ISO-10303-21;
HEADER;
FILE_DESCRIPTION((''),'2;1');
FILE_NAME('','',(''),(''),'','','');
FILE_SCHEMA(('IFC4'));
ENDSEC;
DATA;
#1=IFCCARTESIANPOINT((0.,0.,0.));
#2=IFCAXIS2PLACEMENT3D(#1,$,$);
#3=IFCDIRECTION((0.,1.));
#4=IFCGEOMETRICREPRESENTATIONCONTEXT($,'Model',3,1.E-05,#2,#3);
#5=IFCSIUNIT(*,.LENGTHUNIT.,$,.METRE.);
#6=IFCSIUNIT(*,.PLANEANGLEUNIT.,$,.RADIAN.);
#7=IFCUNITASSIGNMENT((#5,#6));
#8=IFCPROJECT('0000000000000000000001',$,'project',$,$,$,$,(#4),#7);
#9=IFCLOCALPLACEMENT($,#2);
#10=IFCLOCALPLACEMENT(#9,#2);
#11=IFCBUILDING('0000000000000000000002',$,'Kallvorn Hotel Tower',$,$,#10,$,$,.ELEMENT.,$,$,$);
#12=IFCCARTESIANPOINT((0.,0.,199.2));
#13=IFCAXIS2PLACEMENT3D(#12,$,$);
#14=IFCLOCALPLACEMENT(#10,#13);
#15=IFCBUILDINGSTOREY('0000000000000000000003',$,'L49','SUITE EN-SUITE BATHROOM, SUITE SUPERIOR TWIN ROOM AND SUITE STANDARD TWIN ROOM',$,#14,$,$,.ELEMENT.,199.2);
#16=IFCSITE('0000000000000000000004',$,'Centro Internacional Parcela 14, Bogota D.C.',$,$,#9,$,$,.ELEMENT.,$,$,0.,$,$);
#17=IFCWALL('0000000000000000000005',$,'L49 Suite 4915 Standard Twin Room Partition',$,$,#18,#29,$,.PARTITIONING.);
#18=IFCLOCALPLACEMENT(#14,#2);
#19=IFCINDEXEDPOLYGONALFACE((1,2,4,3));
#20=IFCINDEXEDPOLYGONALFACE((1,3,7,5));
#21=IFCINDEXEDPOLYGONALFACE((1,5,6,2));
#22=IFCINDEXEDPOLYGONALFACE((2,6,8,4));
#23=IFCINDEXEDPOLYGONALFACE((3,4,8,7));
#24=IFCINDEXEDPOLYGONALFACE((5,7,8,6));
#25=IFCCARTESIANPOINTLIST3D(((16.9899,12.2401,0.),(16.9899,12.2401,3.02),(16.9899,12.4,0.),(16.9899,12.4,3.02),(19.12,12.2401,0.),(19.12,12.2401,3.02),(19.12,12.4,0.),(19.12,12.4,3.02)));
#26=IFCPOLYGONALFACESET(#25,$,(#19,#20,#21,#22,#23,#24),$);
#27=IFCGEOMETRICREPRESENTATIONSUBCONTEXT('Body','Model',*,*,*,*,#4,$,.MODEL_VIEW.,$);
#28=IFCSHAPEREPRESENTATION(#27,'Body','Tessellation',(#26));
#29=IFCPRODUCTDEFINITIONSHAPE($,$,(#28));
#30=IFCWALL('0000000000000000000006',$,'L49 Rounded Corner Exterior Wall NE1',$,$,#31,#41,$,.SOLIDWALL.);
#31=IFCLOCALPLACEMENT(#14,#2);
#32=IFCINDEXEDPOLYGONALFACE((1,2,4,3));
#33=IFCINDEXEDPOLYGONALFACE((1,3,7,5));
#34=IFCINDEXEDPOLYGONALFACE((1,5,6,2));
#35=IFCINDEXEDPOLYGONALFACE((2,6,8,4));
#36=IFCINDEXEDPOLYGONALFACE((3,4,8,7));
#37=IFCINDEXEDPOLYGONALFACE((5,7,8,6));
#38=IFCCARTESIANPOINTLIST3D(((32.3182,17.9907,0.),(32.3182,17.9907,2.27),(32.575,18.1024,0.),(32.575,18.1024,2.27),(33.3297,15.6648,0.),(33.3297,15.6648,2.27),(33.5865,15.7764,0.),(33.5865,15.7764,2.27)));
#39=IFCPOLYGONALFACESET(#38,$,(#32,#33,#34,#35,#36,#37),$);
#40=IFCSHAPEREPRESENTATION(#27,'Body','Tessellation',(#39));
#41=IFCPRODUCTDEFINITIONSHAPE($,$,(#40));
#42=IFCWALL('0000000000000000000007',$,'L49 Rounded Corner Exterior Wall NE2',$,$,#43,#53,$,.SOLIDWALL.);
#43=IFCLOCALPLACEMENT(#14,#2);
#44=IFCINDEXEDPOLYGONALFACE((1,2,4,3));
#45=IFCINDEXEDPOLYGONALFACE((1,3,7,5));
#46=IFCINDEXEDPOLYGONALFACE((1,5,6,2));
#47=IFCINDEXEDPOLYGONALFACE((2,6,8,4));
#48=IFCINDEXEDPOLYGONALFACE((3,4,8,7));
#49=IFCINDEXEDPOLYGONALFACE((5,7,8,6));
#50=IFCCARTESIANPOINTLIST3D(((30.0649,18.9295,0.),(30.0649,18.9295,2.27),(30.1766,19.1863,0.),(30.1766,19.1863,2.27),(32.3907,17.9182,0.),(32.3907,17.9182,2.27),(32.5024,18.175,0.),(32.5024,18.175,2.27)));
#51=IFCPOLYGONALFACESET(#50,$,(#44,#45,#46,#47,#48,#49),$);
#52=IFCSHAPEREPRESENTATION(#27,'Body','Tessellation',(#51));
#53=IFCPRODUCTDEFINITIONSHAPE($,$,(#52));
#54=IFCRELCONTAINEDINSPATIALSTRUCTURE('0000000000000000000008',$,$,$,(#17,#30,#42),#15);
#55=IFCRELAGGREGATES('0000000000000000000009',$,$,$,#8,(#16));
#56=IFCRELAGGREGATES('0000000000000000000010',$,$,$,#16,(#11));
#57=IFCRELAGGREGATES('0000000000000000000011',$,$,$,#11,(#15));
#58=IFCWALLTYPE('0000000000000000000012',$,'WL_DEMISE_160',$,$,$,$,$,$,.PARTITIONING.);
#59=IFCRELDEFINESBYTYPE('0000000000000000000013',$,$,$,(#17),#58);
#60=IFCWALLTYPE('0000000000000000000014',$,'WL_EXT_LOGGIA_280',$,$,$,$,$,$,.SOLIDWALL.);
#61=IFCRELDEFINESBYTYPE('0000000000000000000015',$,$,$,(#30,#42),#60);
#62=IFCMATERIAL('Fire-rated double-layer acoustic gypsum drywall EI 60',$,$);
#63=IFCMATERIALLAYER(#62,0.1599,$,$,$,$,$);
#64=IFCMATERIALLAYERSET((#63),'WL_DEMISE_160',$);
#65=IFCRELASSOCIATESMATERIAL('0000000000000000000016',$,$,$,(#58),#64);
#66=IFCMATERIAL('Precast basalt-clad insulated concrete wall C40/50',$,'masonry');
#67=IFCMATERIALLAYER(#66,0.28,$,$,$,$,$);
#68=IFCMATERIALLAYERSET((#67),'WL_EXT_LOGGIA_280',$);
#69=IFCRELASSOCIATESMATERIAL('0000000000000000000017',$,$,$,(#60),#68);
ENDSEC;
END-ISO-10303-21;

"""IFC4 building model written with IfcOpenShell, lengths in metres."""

from ifc_helpers import new_model, si_unit, direction, frame, frame_2d, origin, place, context, subcontext, project, spatial, rectangle, extrude, material, layer, layer_set, type_object, element, save


model = new_model("IFC4")

# Units and contexts
model_context = context("Model", 3, precision=1e-05, world=origin(), true_north=direction((0.0, 1.0)))
body_context = subcontext(model_context, "Body", "Model", "MODEL_VIEW")
ifc_project = project(units=[si_unit("LENGTHUNIT", "METRE"), si_unit("PLANEANGLEUNIT", "RADIAN")], contexts=[model_context])

# Site, building, storey
site_placement = place(None, origin())
site = spatial("IfcSite", under=ifc_project, at=site_placement, Name="Centro Internacional Parcela 14, Bogota D.C.", CompositionType="ELEMENT", RefElevation=0.0)
building_placement = place(site_placement, origin())
building = spatial("IfcBuilding", under=site, at=building_placement, Name="Kallvorn Hotel Tower", CompositionType="ELEMENT")
storey_placement = place(building_placement, frame((0.0, 0.0, 199.2)))
storey = spatial("IfcBuildingStorey", under=building, at=storey_placement, Name="L49", Description="SUITE EN-SUITE BATHROOM, SUITE SUPERIOR TWIN ROOM AND SUITE STANDARD TWIN ROOM", CompositionType="ELEMENT", Elevation=199.2)

# Walls
ifc_material_1 = material(Name="Fire-rated double-layer acoustic gypsum drywall EI 60")
ifc_layer_1 = layer(ifc_material_1, 0.1599)
ifc_layer_set_1 = layer_set([ifc_layer_1], Name="WL_DEMISE_160")
wall_type_1 = type_object("IfcWallType", Name="WL_DEMISE_160", PredefinedType="PARTITIONING", material=ifc_layer_set_1)
wall_1_placement = place(storey_placement, frame((16.99, 12.3201, 0.0), z_axis=(0.0, 0.0, 1.0), x_axis=(1.0, 0.0, 0.0)))
element("IfcWall", 1, at=wall_1_placement, inside=storey, type_object=wall_type_1, Name="L49 Suite 4915 Standard Twin Room Partition", PredefinedType="PARTITIONING", context=body_context, shape_type="SweptSolid", body=[
    extrude(rectangle(XDim=2.1301, YDim=0.1599, at=frame_2d((1.0649, 0.0))), origin(), (0.0, 0.0, 1.0), 3.02),
])
ifc_material_2 = material(Name="Precast basalt-clad insulated concrete wall C40/50", Category="masonry")
ifc_layer_2 = layer(ifc_material_2, 0.28)
ifc_layer_set_2 = layer_set([ifc_layer_2], Name="WL_EXT_LOGGIA_280")
wall_type_2 = type_object("IfcWallType", Name="WL_EXT_LOGGIA_280", PredefinedType="SOLIDWALL", material=ifc_layer_set_2)
wall_2_placement = place(storey_placement, frame((33.458, 15.7207, 0.0), z_axis=(0.0, 0.0, 1.0), x_axis=(-0.398793, 0.917041, 0.0)))
element("IfcWall", 2, at=wall_2_placement, inside=storey, type_object=wall_type_2, Name="L49 Rounded Corner Exterior Wall NE1", PredefinedType="SOLIDWALL", context=body_context, shape_type="SweptSolid", body=[
    extrude(rectangle(XDim=2.5364, YDim=0.28, at=frame_2d((1.2681, 0.0))), origin(), (0.0, 0.0, 1.0), 2.27),
])
wall_3_placement = place(storey_placement, frame((32.4465, 18.0466, 0.0), z_axis=(0.0, 0.0, 1.0), x_axis=(-0.917061, 0.398747, 0.0)))
element("IfcWall", 3, at=wall_3_placement, inside=storey, type_object=wall_type_2, Name="L49 Rounded Corner Exterior Wall NE2", PredefinedType="SOLIDWALL", context=body_context, shape_type="SweptSolid", body=[
    extrude(rectangle(XDim=2.5361, YDim=0.28, at=frame_2d((1.2681, 0.0))), origin(), (0.0, 0.0, 1.0), 2.27),
])

save(model, "model.ifc")
